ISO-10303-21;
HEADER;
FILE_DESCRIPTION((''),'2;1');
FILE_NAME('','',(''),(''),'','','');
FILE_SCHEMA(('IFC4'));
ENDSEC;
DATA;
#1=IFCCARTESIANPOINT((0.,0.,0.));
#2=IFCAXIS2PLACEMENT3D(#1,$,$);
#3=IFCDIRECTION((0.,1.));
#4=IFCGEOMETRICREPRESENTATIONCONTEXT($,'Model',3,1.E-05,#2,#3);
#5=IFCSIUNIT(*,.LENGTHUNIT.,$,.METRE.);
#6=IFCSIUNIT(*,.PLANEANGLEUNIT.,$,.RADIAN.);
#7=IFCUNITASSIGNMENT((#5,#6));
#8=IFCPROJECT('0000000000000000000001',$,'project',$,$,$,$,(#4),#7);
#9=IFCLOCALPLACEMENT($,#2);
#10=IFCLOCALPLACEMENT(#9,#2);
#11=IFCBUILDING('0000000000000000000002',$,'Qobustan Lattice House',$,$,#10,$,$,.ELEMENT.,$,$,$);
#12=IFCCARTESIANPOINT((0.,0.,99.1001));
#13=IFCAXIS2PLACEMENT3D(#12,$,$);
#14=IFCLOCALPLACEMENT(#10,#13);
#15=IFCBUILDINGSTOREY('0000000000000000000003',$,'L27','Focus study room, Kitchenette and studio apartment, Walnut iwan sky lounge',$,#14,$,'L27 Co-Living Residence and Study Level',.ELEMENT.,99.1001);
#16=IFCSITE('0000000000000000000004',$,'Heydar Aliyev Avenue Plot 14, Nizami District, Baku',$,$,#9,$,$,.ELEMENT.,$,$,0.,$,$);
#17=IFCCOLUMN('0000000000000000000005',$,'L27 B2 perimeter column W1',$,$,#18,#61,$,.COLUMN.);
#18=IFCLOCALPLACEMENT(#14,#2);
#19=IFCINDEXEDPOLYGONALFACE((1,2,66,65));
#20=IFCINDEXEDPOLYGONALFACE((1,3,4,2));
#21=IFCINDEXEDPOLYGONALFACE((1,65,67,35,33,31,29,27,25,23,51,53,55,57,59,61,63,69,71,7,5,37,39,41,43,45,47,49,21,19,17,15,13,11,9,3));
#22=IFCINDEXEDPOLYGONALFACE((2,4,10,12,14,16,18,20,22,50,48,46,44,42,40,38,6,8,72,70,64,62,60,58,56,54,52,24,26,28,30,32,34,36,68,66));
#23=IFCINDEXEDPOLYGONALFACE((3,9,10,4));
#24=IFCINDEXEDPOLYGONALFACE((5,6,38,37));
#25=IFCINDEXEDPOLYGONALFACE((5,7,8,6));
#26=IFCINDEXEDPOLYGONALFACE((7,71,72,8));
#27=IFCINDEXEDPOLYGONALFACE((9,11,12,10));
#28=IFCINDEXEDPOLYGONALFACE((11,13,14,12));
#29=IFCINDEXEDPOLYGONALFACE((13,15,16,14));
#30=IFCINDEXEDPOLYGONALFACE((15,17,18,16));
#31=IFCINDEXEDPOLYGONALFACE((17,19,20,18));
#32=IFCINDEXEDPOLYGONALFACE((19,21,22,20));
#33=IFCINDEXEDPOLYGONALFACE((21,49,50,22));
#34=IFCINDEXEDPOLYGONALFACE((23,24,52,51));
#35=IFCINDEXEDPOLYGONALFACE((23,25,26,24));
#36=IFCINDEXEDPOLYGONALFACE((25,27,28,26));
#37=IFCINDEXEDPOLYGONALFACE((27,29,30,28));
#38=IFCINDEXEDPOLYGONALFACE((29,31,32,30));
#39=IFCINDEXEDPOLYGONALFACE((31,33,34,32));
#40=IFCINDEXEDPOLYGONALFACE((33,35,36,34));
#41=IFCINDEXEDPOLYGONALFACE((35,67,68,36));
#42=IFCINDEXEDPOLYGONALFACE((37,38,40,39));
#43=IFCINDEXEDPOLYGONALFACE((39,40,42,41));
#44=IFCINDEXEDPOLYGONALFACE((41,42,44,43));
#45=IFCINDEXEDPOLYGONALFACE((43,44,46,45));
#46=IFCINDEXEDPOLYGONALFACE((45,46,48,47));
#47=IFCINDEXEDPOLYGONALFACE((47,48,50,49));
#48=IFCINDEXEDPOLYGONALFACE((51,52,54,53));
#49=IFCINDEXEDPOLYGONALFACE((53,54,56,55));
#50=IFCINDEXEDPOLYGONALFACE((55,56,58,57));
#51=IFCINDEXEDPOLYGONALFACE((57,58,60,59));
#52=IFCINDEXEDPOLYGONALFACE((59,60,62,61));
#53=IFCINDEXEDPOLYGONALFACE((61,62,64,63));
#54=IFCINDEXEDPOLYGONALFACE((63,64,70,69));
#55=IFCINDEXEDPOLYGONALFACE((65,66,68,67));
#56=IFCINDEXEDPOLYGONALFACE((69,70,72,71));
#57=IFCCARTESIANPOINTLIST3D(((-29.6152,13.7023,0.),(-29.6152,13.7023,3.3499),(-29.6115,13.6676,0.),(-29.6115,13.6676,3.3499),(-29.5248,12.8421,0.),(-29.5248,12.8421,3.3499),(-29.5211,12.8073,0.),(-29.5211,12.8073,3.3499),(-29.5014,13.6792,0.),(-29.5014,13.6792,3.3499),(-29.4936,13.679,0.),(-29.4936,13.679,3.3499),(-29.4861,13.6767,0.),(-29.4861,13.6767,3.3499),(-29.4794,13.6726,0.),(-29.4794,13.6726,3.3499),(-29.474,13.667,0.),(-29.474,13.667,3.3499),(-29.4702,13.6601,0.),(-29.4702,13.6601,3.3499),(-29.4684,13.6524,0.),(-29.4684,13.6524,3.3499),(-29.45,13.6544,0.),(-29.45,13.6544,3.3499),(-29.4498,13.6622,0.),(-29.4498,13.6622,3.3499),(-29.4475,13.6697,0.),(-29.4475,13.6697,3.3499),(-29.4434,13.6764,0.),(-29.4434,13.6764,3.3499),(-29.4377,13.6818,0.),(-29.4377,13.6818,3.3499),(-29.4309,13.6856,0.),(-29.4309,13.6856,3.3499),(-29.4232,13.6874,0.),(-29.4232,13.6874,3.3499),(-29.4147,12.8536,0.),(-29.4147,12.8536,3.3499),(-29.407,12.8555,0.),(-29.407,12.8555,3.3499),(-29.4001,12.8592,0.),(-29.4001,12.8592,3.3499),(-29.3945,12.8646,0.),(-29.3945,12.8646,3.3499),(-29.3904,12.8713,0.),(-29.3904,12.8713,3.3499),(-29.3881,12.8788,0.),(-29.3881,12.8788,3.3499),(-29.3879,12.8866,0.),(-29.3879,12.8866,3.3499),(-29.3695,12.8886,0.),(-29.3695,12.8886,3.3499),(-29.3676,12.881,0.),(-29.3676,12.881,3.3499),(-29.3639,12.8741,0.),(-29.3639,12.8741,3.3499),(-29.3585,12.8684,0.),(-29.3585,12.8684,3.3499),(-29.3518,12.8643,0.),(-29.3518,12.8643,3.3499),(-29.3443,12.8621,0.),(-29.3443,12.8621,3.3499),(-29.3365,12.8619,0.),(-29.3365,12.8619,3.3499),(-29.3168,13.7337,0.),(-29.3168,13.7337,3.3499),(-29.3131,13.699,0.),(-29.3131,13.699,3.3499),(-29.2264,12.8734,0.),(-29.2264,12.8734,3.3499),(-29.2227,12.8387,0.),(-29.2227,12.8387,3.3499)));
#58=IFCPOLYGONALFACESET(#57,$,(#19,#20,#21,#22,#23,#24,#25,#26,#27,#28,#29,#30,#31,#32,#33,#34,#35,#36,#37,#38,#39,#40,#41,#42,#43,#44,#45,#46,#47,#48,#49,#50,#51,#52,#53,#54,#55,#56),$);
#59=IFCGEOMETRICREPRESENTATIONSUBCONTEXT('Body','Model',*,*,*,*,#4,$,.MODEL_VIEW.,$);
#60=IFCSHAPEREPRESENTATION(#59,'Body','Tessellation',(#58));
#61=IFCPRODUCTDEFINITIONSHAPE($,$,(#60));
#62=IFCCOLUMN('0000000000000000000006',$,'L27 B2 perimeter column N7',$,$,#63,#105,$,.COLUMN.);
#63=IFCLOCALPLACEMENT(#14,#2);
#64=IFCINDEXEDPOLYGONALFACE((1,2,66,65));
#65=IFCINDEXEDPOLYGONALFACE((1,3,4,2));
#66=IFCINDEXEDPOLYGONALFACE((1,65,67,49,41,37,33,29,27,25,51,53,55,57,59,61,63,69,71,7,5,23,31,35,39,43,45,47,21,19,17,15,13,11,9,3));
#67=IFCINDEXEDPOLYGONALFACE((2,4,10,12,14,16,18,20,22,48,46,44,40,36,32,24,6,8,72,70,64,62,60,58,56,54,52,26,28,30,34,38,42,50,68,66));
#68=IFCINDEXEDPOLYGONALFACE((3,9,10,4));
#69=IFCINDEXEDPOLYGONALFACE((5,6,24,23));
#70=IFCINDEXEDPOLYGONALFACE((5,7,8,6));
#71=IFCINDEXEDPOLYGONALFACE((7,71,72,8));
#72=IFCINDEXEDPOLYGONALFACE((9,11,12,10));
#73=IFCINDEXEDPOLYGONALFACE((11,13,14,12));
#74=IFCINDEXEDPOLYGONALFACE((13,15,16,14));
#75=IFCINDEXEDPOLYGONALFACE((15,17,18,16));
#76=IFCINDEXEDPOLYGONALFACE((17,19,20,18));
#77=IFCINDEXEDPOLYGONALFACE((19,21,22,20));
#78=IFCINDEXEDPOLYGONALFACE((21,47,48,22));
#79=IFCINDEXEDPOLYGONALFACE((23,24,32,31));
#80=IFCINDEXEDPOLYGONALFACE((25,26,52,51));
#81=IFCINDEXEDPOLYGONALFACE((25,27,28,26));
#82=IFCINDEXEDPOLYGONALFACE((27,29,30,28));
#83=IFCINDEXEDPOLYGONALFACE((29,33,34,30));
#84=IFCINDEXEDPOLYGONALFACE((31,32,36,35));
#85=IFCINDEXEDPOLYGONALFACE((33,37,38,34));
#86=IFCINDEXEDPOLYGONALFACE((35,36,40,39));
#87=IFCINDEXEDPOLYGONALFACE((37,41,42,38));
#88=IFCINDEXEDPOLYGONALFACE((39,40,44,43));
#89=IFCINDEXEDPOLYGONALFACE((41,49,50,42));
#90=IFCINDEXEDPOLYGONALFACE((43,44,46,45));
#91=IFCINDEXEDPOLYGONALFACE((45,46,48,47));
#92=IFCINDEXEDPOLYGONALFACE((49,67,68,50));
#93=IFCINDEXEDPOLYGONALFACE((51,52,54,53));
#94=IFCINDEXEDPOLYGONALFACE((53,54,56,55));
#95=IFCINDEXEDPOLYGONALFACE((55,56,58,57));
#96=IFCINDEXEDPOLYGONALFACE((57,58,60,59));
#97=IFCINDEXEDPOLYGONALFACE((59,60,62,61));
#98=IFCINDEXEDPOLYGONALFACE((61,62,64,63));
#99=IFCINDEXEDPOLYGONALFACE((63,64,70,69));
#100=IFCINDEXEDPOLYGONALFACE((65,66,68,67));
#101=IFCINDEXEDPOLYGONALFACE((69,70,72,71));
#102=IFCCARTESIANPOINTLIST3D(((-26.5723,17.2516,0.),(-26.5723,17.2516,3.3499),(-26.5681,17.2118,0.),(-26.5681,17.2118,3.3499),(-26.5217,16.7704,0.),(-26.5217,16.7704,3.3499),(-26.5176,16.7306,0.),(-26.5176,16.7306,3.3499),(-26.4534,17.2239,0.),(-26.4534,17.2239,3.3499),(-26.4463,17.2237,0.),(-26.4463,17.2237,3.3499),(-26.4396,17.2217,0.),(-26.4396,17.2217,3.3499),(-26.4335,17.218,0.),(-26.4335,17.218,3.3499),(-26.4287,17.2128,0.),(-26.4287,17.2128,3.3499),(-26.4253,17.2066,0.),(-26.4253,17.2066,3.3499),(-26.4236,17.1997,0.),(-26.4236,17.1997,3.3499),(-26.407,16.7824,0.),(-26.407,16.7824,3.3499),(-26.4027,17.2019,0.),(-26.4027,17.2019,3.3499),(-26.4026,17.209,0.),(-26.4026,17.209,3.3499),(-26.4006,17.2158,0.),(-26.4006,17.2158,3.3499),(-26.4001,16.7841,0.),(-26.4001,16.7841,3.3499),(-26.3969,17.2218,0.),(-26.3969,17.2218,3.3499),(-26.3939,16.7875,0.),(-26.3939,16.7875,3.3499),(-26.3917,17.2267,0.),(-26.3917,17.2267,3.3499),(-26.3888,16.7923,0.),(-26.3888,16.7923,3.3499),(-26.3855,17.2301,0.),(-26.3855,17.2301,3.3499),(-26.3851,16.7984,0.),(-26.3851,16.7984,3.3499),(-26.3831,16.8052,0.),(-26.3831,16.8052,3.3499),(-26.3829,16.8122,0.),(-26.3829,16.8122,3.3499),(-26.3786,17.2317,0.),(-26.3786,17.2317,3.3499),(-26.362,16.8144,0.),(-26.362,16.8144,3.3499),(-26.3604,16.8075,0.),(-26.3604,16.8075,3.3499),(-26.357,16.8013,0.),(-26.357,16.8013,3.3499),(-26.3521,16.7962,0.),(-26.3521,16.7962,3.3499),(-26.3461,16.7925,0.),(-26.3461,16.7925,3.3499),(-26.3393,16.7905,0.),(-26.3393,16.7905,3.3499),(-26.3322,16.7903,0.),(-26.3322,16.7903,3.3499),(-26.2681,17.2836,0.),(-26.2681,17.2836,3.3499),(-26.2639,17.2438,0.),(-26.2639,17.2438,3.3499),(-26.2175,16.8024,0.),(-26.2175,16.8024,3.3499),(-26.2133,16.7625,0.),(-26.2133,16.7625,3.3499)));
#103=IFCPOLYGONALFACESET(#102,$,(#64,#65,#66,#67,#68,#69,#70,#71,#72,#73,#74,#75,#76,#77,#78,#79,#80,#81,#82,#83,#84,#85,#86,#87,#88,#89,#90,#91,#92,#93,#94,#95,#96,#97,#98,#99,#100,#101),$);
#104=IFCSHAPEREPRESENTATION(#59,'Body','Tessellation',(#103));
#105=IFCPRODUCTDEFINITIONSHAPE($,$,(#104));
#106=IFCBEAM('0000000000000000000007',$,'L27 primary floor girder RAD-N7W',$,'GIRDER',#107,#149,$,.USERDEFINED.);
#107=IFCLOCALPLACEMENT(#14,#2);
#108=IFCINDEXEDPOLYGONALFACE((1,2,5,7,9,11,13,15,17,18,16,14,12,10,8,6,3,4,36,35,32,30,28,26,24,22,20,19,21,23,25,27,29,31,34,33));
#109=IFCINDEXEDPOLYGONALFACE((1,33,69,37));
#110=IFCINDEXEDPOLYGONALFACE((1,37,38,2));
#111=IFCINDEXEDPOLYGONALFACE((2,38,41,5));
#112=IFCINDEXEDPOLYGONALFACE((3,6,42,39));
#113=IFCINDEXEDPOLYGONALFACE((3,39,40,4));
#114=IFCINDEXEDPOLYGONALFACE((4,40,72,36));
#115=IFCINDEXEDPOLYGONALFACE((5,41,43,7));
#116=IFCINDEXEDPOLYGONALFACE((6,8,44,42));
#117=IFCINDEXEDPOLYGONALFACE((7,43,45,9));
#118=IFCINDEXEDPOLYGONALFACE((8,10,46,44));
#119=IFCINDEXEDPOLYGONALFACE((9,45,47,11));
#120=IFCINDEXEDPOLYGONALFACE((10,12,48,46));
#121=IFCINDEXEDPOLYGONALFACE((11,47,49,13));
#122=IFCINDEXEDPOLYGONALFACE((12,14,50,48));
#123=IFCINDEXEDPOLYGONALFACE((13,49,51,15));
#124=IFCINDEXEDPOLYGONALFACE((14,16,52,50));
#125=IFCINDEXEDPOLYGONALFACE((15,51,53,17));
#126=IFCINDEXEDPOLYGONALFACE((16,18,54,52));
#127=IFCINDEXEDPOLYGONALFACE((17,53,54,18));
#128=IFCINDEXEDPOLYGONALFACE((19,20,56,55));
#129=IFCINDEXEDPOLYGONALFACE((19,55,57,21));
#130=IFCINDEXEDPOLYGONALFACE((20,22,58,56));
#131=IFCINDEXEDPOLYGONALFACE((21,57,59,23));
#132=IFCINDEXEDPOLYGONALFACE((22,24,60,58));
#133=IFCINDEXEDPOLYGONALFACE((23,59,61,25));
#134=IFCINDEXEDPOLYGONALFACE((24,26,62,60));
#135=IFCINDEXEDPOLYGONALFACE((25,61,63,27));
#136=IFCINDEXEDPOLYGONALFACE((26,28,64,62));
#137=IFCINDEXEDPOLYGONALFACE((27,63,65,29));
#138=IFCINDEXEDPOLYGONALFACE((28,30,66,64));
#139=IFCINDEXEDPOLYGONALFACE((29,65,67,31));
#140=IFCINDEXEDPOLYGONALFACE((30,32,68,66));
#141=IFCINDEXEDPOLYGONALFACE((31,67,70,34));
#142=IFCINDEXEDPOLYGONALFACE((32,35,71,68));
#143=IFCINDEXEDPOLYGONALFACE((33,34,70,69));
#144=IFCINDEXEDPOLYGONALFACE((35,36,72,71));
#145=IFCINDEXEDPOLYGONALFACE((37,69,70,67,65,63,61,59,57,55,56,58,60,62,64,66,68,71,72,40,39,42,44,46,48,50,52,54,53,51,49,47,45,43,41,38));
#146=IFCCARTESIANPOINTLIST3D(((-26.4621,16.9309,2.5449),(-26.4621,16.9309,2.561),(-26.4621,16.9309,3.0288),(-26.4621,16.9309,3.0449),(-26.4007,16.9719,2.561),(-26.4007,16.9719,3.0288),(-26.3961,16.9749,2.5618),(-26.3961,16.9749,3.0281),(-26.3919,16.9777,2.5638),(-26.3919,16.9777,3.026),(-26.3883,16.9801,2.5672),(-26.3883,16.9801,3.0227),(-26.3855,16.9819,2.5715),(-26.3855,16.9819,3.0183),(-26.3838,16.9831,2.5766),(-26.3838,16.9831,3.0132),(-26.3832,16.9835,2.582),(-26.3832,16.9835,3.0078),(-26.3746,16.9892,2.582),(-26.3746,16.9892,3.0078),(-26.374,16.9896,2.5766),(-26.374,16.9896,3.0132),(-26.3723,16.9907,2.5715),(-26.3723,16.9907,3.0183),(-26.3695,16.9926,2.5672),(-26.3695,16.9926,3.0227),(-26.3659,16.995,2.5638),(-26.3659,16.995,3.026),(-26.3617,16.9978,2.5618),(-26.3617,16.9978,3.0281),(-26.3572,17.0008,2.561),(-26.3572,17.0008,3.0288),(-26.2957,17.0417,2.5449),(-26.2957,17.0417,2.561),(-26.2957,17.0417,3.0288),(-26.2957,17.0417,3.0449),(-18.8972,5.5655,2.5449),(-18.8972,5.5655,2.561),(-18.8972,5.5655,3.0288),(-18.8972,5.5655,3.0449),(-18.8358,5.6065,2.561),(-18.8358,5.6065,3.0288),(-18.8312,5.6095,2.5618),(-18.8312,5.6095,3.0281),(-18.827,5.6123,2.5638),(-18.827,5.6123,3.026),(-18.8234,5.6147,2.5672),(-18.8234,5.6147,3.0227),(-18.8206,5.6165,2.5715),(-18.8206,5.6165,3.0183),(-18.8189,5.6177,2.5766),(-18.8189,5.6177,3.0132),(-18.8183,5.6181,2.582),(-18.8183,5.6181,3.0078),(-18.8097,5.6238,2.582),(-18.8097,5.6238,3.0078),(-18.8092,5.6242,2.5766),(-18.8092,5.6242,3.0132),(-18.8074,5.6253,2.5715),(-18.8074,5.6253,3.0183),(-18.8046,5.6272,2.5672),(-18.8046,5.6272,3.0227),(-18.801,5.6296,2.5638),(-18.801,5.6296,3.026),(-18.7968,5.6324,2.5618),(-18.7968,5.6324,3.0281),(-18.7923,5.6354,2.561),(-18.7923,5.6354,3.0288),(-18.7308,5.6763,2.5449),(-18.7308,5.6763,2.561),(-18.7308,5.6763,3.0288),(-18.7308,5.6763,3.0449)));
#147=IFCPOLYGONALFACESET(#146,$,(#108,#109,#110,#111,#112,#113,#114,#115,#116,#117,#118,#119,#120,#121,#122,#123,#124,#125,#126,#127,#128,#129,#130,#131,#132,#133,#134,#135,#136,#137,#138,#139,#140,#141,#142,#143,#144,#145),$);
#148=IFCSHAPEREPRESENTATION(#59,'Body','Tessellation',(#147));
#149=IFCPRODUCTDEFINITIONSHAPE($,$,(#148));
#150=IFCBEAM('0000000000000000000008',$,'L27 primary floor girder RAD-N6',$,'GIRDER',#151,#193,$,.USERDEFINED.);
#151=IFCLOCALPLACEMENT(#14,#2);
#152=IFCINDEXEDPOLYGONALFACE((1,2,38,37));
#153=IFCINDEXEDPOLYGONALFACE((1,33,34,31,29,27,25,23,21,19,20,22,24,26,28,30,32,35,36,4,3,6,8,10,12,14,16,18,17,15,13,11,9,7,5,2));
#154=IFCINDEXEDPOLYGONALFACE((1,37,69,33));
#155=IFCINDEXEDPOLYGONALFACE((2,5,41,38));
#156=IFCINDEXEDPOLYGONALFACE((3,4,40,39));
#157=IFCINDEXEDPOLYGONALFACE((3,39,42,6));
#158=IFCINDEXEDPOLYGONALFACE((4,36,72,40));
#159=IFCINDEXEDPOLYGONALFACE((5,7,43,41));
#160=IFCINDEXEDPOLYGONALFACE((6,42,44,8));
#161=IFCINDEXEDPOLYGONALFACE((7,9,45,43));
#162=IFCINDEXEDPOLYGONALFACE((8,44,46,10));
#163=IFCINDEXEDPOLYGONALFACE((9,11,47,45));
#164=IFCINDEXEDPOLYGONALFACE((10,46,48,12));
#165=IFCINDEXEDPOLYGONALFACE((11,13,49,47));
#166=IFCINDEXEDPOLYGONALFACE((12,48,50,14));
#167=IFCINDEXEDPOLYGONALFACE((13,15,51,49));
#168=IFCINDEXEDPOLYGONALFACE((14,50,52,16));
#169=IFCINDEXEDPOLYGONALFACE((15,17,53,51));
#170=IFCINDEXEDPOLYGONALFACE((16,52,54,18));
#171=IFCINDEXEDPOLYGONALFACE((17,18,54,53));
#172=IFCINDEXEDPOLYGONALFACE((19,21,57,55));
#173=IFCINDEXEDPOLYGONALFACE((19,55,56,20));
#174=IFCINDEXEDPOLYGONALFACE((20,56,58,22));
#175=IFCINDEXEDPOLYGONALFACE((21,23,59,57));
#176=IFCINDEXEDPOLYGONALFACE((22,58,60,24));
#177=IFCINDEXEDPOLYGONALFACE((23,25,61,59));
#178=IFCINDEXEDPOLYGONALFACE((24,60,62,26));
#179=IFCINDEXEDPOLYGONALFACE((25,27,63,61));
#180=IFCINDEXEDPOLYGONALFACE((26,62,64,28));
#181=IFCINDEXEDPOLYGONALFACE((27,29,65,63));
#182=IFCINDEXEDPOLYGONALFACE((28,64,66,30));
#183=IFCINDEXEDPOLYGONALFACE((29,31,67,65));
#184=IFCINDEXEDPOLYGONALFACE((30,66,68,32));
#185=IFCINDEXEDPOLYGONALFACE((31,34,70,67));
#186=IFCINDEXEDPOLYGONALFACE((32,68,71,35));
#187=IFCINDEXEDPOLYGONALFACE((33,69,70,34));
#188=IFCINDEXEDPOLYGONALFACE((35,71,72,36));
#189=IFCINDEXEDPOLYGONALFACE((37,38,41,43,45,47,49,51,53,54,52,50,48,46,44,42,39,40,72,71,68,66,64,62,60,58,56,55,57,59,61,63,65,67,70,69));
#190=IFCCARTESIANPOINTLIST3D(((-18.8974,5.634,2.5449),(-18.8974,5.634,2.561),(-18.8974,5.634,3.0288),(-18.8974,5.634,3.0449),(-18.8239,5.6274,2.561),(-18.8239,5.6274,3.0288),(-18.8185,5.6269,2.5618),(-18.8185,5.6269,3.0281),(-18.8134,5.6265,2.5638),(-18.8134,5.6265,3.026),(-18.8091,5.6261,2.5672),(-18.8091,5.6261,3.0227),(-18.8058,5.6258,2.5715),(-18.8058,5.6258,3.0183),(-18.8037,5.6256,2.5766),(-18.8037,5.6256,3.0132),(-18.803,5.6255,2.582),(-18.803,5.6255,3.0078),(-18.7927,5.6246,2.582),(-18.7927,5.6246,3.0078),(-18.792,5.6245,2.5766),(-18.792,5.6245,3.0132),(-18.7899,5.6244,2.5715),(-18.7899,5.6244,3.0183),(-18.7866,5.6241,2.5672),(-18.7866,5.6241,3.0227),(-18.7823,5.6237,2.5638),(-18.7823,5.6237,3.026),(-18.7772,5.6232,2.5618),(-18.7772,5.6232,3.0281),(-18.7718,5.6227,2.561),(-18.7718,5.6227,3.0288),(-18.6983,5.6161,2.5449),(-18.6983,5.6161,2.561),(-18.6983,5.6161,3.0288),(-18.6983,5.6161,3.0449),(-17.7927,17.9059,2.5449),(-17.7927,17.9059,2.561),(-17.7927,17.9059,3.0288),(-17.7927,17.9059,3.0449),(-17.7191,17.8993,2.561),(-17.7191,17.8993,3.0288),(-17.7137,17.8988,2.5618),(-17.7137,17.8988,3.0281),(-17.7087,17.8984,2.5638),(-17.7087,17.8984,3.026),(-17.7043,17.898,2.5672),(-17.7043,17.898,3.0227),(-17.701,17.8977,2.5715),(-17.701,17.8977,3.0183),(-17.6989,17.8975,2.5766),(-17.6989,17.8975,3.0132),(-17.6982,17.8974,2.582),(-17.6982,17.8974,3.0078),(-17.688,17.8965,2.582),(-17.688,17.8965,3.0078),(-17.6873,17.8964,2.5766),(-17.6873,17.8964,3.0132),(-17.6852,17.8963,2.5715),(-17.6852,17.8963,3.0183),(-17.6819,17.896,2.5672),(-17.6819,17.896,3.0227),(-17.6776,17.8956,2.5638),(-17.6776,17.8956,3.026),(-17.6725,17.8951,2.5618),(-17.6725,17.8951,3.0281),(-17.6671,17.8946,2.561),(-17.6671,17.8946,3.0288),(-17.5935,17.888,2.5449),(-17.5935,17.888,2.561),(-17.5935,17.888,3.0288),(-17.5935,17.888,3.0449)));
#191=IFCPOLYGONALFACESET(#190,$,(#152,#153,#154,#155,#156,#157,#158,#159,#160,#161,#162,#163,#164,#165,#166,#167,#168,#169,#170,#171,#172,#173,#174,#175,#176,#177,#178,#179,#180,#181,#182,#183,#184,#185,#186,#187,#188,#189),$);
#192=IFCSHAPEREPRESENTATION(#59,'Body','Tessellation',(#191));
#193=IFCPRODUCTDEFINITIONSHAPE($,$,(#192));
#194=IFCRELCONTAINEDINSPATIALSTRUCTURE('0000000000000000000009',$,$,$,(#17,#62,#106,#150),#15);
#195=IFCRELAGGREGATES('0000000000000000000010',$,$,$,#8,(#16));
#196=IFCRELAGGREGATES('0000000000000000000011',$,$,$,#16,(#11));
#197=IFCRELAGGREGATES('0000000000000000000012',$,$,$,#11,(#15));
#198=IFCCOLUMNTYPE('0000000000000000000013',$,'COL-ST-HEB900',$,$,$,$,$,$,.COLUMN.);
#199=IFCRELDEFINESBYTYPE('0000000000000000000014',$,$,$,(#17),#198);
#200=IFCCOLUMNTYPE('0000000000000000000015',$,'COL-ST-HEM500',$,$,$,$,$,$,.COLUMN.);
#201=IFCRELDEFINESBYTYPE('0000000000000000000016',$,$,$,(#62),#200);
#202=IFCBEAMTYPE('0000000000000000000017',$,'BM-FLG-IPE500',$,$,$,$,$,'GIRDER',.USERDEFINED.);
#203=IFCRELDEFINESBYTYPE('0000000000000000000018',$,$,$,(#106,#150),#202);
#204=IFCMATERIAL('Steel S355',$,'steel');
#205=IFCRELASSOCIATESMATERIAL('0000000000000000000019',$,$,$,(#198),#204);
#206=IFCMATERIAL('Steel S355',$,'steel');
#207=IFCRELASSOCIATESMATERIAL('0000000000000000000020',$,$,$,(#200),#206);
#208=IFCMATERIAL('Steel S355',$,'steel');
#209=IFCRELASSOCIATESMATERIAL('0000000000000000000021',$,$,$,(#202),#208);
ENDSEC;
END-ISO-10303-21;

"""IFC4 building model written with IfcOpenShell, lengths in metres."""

from ifc_helpers import new_model, si_unit, direction, frame, origin, origin_2d, place, context, subcontext, project, spatial, i_section, extrude, material, material_profile, profile_set, type_object, element, save


model = new_model("IFC4")

# Units and contexts
model_context = context("Model", 3, precision=1e-05, world=origin(), true_north=direction((0.0, 1.0)))
body_context = subcontext(model_context, "Body", "Model", "MODEL_VIEW")
ifc_project = project(units=[si_unit("LENGTHUNIT", "METRE"), si_unit("PLANEANGLEUNIT", "RADIAN")], contexts=[model_context])

# Site, building, storey
site_placement = place(None, origin())
site = spatial("IfcSite", under=ifc_project, at=site_placement, Name="Heydar Aliyev Avenue Plot 14, Nizami District, Baku", CompositionType="ELEMENT", RefElevation=0.0)
building_placement = place(site_placement, origin())
building = spatial("IfcBuilding", under=site, at=building_placement, Name="Qobustan Lattice House", CompositionType="ELEMENT")
storey_placement = place(building_placement, frame((0.0, 0.0, 99.1001)))
storey = spatial("IfcBuildingStorey", under=building, at=storey_placement, Name="L27", Description="Focus study room, Kitchenette and studio apartment, Walnut iwan sky lounge", LongName="L27 Co-Living Residence and Study Level", CompositionType="ELEMENT", Elevation=99.1001)

# Columns
ifc_material_1 = material(Name="Steel S355", Category="steel")
ifc_material_profile_1 = material_profile(ifc_material_1, i_section(OverallWidth=0.3, OverallDepth=0.8999, WebThickness=0.0186, FlangeThickness=0.0349, FilletRadius=0.03, at=origin_2d()), Name="HEB900")
ifc_profile_set_1 = profile_set([ifc_material_profile_1], Name="Steel S355")
column_type_1 = type_object("IfcColumnType", Name="COL-ST-HEB900", PredefinedType="COLUMN", material=ifc_profile_set_1)
column_1_placement = place(storey_placement, frame((-29.4189, 13.2705, 0.0), z_axis=(0.0, 0.0, 1.0), x_axis=(0.994522, 0.104528, 0.0)))
element("IfcColumn", 1, at=column_1_placement, inside=storey, type_object=column_type_1, Name="L27 B2 perimeter column W1", PredefinedType="COLUMN", context=body_context, shape_type="SweptSolid", body=[
    extrude(i_section(OverallWidth=0.3, OverallDepth=0.8999, WebThickness=0.0186, FlangeThickness=0.0349, FilletRadius=0.03, at=origin_2d()), origin(), (0.0, 0.0, 1.0), 3.3499),
])
ifc_material_2 = material(Name="Steel S355", Category="steel")
ifc_material_profile_2 = material_profile(ifc_material_2, i_section(OverallWidth=0.3059, OverallDepth=0.5239, WebThickness=0.021, FlangeThickness=0.04, FilletRadius=0.0271, at=origin_2d()), Name="HEM500")
ifc_profile_set_2 = profile_set([ifc_material_profile_2], Name="Steel S355")
column_type_2 = type_object("IfcColumnType", Name="COL-ST-HEM500", PredefinedType="COLUMN", material=ifc_profile_set_2)
column_2_placement = place(storey_placement, frame((-26.3928, 17.0071, 0.0), z_axis=(0.0, 0.0, 1.0), x_axis=(0.994522, 0.104528, 0.0)))
element("IfcColumn", 2, at=column_2_placement, inside=storey, type_object=column_type_2, Name="L27 B2 perimeter column N7", PredefinedType="COLUMN", context=body_context, shape_type="SweptSolid", body=[
    extrude(i_section(OverallWidth=0.3059, OverallDepth=0.5239, WebThickness=0.021, FlangeThickness=0.04, FilletRadius=0.0271, at=origin_2d()), origin(), (0.0, 0.0, 1.0), 3.3499),
])

# Beams
ifc_material_3 = material(Name="Steel S355", Category="steel")
ifc_material_profile_3 = material_profile(ifc_material_3, i_section(OverallWidth=0.2, OverallDepth=0.5, WebThickness=0.0103, FlangeThickness=0.0161, FilletRadius=0.021, at=origin_2d()), Name="IPE500")
ifc_profile_set_3 = profile_set([ifc_material_profile_3], Name="Steel S355")
beam_type_1 = type_object("IfcBeamType", Name="BM-FLG-IPE500", ElementType="GIRDER", PredefinedType="USERDEFINED", material=ifc_profile_set_3)
beam_1_placement = place(storey_placement, frame((-26.3789, 16.9863, 2.7949), z_axis=(0.554089, -0.832457, 0.0), x_axis=(0.832457, 0.554089, 0.0)))
element("IfcBeam", 3, at=beam_1_placement, inside=storey, type_object=beam_type_1, Name="L27 primary floor girder RAD-N7W", ObjectType="GIRDER", PredefinedType="USERDEFINED", context=body_context, shape_type="SweptSolid", body=[
    extrude(i_section(OverallWidth=0.2, OverallDepth=0.5, WebThickness=0.0103, FlangeThickness=0.0161, FilletRadius=0.021, at=origin_2d()), origin(), (0.0, 0.0, 1.0), 13.6528),
])
beam_2_placement = place(storey_placement, frame((-17.6931, 17.897, 2.7949), z_axis=(-0.089659, -0.995973, 0.0), x_axis=(0.995973, -0.089659, 0.0)))
element("IfcBeam", 4, at=beam_2_placement, inside=storey, type_object=beam_type_1, Name="L27 primary floor girder RAD-N6", ObjectType="GIRDER", PredefinedType="USERDEFINED", context=body_context, shape_type="SweptSolid", body=[
    extrude(i_section(OverallWidth=0.2, OverallDepth=0.5, WebThickness=0.0103, FlangeThickness=0.0161, FilletRadius=0.021, at=origin_2d()), origin(), (0.0, 0.0, 1.0), 12.3215),
])

save(model, "model.ifc")
